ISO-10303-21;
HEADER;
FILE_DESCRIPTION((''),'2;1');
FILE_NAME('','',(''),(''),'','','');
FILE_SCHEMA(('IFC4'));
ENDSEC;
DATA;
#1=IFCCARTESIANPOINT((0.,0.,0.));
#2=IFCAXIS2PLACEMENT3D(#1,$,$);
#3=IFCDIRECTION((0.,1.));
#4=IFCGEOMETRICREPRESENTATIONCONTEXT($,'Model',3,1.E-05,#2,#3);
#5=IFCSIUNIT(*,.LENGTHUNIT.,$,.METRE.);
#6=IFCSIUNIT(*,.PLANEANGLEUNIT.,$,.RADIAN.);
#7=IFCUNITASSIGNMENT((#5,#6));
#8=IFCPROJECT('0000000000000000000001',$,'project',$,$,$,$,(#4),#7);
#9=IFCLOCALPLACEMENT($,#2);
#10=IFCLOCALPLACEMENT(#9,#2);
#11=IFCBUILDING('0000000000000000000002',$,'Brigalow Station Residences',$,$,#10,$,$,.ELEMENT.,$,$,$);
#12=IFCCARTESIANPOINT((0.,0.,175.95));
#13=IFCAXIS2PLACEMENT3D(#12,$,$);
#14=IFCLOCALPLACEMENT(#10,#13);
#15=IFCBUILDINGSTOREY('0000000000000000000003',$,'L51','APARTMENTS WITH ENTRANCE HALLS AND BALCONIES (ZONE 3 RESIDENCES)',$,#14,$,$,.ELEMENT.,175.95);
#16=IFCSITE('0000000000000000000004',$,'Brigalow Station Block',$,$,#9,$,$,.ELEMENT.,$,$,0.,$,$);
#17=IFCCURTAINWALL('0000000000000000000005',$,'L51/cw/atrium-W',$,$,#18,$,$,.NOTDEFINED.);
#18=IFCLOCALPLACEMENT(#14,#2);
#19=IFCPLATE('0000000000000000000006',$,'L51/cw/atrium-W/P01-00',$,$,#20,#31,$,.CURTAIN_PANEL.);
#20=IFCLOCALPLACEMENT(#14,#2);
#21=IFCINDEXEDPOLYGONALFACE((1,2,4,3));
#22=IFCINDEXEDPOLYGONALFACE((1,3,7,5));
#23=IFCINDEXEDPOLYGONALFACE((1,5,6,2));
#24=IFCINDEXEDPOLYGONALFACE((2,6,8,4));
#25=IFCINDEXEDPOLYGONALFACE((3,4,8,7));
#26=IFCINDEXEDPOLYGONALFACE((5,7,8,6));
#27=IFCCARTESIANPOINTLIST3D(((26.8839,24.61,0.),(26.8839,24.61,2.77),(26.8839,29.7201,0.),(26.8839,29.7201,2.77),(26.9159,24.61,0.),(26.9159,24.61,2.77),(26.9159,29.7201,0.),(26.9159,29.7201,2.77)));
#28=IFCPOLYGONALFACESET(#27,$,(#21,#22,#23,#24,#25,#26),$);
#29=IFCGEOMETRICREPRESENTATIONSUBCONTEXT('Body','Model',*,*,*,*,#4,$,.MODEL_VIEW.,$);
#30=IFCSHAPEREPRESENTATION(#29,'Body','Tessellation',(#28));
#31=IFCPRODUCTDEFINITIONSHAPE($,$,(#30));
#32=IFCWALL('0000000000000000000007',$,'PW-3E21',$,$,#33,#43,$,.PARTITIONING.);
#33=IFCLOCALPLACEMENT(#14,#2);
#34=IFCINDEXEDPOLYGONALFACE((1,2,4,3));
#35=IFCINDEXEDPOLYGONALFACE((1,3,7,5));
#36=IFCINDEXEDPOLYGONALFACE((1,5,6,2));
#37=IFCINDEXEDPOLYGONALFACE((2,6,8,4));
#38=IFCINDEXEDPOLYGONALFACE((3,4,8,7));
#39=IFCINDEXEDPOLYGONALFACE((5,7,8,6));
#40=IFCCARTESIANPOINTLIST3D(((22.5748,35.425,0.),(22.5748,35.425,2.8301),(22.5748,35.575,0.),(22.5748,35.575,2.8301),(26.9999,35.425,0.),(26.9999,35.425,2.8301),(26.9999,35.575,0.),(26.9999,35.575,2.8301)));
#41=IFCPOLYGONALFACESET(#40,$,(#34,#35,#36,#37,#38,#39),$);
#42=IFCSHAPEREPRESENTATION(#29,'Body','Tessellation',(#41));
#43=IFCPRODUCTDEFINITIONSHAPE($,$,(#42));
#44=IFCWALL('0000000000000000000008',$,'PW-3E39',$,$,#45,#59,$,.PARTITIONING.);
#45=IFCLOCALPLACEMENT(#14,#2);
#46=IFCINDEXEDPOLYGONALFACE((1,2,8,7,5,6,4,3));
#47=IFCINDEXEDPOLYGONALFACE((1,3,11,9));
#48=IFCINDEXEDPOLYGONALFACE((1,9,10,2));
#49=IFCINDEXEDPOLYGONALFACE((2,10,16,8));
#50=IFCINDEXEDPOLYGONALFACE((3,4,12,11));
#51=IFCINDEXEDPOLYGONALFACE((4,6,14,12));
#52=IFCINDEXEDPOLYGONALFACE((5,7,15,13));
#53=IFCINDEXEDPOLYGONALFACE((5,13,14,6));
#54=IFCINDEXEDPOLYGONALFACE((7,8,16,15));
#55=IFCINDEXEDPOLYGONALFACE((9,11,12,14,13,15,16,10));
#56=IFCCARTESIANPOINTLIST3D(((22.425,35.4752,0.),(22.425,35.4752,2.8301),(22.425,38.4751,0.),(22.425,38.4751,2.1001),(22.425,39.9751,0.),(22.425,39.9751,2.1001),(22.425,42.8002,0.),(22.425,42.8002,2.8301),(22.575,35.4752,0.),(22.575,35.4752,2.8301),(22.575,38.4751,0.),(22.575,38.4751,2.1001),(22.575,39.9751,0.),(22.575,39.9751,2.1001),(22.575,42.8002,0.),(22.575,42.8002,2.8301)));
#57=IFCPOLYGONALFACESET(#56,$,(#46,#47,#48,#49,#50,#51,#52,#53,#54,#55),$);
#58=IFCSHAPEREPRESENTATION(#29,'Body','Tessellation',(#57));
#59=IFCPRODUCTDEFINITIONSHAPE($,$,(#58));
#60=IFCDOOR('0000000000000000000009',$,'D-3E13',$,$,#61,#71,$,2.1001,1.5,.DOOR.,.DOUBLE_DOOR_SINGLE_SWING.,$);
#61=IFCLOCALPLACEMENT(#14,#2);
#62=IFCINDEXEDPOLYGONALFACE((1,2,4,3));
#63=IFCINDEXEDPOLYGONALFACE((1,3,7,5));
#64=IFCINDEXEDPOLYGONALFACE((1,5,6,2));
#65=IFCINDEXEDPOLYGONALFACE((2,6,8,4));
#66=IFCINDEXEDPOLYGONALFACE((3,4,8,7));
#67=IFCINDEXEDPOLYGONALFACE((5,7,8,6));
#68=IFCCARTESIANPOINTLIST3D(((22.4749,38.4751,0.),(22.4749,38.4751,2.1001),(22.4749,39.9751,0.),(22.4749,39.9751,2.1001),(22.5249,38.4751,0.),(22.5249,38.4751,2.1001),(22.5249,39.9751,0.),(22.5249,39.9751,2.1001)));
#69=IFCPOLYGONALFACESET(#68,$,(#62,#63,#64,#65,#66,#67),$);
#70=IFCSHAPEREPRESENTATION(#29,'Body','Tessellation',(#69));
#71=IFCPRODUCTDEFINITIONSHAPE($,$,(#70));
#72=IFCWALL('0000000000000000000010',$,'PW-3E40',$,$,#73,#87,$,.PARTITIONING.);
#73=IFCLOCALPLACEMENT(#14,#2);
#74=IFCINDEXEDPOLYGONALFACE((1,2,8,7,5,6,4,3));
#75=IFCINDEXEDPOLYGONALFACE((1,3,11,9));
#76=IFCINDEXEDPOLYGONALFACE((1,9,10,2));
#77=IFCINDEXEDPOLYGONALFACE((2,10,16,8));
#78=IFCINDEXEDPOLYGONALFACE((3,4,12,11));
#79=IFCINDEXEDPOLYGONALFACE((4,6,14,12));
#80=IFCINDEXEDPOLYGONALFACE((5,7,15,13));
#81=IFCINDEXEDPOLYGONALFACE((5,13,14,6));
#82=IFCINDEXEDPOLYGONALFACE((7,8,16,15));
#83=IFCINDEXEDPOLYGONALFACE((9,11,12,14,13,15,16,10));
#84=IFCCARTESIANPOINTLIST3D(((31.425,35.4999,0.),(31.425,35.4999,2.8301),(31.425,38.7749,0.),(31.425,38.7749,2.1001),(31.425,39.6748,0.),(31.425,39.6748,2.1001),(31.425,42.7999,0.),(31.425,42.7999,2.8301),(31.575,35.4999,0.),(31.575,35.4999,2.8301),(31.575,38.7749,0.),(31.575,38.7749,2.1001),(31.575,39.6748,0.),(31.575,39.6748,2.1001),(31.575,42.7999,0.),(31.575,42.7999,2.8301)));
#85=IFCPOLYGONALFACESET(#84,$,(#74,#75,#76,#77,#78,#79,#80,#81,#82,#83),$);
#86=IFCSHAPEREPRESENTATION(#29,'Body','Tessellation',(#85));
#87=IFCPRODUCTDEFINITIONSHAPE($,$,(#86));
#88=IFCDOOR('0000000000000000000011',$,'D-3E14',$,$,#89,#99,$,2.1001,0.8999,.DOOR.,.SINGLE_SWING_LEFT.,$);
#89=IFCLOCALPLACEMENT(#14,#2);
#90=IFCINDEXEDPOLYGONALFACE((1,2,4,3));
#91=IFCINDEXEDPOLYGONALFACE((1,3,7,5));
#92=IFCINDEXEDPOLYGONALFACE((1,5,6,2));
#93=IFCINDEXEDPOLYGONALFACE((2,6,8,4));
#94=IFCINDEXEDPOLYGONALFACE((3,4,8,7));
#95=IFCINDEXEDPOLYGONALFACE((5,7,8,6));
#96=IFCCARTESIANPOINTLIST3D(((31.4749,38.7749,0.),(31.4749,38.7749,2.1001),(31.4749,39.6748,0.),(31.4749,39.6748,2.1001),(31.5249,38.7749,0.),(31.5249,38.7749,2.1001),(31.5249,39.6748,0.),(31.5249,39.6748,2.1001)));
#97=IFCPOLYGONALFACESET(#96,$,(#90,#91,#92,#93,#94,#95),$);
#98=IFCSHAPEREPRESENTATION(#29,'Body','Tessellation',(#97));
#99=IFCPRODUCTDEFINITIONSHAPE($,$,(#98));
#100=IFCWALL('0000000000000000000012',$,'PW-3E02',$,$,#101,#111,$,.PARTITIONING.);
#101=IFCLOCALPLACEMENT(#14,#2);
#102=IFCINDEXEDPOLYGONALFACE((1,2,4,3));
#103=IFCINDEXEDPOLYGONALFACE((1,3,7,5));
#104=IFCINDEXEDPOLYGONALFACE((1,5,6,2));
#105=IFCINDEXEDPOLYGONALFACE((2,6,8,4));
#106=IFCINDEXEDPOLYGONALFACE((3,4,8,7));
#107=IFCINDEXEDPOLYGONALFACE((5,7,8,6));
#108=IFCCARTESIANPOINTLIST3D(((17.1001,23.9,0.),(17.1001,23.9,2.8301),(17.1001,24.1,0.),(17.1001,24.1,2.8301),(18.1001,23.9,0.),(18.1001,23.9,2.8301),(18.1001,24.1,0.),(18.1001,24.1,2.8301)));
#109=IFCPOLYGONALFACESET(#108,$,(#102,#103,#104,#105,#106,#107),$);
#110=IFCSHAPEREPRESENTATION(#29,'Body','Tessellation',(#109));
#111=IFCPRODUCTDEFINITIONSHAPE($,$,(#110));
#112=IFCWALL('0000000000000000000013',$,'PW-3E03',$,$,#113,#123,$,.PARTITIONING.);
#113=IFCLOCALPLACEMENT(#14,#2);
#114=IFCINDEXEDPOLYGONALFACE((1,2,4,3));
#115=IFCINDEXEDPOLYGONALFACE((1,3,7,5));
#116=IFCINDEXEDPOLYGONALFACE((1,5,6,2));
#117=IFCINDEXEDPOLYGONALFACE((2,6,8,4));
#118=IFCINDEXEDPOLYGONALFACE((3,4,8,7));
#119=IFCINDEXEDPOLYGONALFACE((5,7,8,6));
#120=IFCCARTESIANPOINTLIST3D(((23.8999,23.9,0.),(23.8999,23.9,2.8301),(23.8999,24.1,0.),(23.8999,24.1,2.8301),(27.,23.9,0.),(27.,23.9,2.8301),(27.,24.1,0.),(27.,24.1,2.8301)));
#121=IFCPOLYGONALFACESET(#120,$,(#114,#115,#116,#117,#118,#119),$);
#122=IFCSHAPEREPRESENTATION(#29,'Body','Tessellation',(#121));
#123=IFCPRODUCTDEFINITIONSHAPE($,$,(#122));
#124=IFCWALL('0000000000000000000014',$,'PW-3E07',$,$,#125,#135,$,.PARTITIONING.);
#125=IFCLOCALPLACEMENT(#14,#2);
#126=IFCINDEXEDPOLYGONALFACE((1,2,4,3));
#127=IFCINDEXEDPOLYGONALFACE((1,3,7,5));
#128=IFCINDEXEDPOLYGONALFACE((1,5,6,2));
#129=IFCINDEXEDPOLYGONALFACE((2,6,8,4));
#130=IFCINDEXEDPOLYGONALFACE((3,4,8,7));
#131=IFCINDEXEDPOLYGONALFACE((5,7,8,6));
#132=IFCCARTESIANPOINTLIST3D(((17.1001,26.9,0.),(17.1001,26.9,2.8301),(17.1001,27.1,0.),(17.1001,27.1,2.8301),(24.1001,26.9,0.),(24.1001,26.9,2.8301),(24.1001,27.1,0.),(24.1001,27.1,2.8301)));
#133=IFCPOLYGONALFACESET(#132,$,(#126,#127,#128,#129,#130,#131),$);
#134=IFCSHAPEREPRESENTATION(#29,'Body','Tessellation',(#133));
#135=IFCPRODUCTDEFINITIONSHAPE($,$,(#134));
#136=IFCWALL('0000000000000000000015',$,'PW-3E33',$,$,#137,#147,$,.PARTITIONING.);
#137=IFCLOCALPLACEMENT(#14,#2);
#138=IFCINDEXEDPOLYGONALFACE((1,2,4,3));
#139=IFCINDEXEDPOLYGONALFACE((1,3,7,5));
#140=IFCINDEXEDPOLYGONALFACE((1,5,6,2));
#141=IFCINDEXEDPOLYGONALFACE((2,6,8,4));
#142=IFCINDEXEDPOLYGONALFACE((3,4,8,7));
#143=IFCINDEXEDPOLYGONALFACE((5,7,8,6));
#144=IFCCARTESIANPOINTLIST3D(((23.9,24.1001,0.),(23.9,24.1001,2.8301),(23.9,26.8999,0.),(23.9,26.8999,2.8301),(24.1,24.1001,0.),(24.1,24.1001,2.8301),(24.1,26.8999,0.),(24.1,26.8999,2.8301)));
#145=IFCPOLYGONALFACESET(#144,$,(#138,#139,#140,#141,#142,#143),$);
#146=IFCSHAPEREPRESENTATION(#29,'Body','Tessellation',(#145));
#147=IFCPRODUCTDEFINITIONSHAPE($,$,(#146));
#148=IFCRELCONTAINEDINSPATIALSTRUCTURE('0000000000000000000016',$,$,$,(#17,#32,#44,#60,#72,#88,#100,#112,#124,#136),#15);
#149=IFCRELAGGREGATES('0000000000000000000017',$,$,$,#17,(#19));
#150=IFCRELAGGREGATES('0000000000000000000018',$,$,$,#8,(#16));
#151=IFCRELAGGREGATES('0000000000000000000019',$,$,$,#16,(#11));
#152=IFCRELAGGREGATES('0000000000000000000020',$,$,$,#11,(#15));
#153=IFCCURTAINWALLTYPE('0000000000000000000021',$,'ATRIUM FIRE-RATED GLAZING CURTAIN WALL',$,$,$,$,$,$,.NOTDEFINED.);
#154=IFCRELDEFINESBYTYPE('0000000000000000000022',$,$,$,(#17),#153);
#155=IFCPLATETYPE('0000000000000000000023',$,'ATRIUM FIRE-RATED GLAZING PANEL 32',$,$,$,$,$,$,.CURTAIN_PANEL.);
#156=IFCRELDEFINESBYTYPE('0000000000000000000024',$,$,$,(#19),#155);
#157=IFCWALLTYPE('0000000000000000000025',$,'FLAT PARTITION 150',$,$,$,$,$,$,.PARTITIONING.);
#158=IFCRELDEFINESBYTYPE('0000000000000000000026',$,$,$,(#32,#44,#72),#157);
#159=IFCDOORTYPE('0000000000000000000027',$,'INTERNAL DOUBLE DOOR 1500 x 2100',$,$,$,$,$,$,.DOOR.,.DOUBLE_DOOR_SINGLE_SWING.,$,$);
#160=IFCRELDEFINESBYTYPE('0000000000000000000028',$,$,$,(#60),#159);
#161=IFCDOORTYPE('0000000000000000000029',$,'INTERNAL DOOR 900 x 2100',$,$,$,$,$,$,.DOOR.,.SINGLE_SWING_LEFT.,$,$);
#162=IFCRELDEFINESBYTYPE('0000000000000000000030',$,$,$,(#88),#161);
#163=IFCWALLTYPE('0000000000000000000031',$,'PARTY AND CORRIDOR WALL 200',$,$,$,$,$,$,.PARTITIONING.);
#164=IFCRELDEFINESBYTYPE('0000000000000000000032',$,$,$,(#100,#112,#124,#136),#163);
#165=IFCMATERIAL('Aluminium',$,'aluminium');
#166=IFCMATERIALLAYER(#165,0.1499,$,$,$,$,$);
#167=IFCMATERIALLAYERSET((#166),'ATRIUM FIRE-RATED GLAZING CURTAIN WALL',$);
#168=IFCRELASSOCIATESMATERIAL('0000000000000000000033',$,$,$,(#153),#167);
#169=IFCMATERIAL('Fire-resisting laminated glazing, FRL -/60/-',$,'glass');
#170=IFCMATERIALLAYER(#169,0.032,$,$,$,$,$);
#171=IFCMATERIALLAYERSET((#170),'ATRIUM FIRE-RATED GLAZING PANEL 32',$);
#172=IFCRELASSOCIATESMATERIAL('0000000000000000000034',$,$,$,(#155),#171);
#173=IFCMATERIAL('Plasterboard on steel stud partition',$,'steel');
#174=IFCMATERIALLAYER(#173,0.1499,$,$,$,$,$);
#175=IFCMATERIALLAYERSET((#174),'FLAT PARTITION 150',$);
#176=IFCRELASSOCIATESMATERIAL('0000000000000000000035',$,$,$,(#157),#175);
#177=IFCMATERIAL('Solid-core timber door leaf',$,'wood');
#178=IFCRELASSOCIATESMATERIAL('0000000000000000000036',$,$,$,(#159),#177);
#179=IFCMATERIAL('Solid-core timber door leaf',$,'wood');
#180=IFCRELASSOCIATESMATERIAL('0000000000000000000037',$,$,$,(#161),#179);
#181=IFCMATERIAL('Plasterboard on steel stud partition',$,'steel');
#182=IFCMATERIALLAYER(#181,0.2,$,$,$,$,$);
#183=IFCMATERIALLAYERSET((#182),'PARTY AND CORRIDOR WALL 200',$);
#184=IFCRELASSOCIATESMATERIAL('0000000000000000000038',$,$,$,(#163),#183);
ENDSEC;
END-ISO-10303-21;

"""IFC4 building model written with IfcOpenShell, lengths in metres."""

from ifc_helpers import new_model, si_unit, direction, frame, frame_2d, origin, origin_2d, place, context, subcontext, project, spatial, rectangle, extrude, material, layer, layer_set, type_object, element, fill, aggregate, save


model = new_model("IFC4")

# Units and contexts
model_context = context("Model", 3, precision=1e-05, world=origin(), true_north=direction((0.0, 1.0)))
body_context = subcontext(model_context, "Body", "Model", "MODEL_VIEW")
ifc_project = project(units=[si_unit("LENGTHUNIT", "METRE"), si_unit("PLANEANGLEUNIT", "RADIAN")], contexts=[model_context])

# Site, building, storey
site_placement = place(None, origin())
site = spatial("IfcSite", under=ifc_project, at=site_placement, Name="Brigalow Station Block", CompositionType="ELEMENT", RefElevation=0.0)
building_placement = place(site_placement, origin())
building = spatial("IfcBuilding", under=site, at=building_placement, Name="Brigalow Station Residences", CompositionType="ELEMENT")
storey_placement = place(building_placement, frame((0.0, 0.0, 175.95)))
storey = spatial("IfcBuildingStorey", under=building, at=storey_placement, Name="L51", Description="APARTMENTS WITH ENTRANCE HALLS AND BALCONIES (ZONE 3 RESIDENCES)", CompositionType="ELEMENT", Elevation=175.95)

# Shared definitions
ifc_material_1 = material(Name="Aluminium", Category="aluminium")
ifc_layer_1 = layer(ifc_material_1, 0.1499)
ifc_layer_set_1 = layer_set([ifc_layer_1], Name="ATRIUM FIRE-RATED GLAZING CURTAIN WALL")
curtain_wall_type = type_object("IfcCurtainWallType", Name="ATRIUM FIRE-RATED GLAZING CURTAIN WALL", PredefinedType="NOTDEFINED", material=ifc_layer_set_1)

# Curtain wall
curtain_wall_1_placement = place(storey_placement, origin())
curtain_wall_1 = element("IfcCurtainWall", 1, at=curtain_wall_1_placement, inside=storey, type_object=curtain_wall_type, Name="L51/cw/atrium-W", PredefinedType="NOTDEFINED")

# Plate
ifc_material_2 = material(Name="Fire-resisting laminated glazing, FRL -/60/-", Category="glass")
ifc_layer_2 = layer(ifc_material_2, 0.032)
ifc_layer_set_2 = layer_set([ifc_layer_2], Name="ATRIUM FIRE-RATED GLAZING PANEL 32")
plate_type = type_object("IfcPlateType", Name="ATRIUM FIRE-RATED GLAZING PANEL 32", PredefinedType="CURTAIN_PANEL", material=ifc_layer_set_2)
plate_1_placement = place(storey_placement, frame((26.8999, 27.165, 0.0), z_axis=(0.0, 0.0, 1.0), x_axis=(0.0, -1.0, 0.0)))
plate_1 = element("IfcPlate", 2, at=plate_1_placement, type_object=plate_type, Name="L51/cw/atrium-W/P01-00", PredefinedType="CURTAIN_PANEL", context=body_context, shape_type="SweptSolid", body=[
    extrude(rectangle(XDim=5.1101, YDim=0.032, at=origin_2d()), origin(), (0.0, 0.0, 1.0), 2.77),
])
aggregate(curtain_wall_1, [plate_1])

# Wall
ifc_material_3 = material(Name="Plasterboard on steel stud partition", Category="steel")
ifc_layer_3 = layer(ifc_material_3, 0.1499)
ifc_layer_set_3 = layer_set([ifc_layer_3], Name="FLAT PARTITION 150")
wall_type_1 = type_object("IfcWallType", Name="FLAT PARTITION 150", PredefinedType="PARTITIONING", material=ifc_layer_set_3)
wall_1_placement = place(storey_placement, frame((22.575, 35.5, 0.0), z_axis=(0.0, 0.0, 1.0), x_axis=(1.0, 0.0, 0.0)))
element("IfcWall", 3, at=wall_1_placement, inside=storey, type_object=wall_type_1, Name="PW-3E21", PredefinedType="PARTITIONING", context=body_context, shape_type="SweptSolid", body=[
    extrude(rectangle(XDim=4.425, YDim=0.1499, at=frame_2d((2.2124, 0.0))), origin(), (0.0, 0.0, 1.0), 2.8301),
])

# Walls, openings, doors
wall_2_placement = place(storey_placement, frame((22.5, 35.4751, 0.0), z_axis=(0.0, 0.0, 1.0), x_axis=(0.0, 1.0, 0.0)))
wall_2 = element("IfcWall", 4, at=wall_2_placement, inside=storey, type_object=wall_type_1, Name="PW-3E39", PredefinedType="PARTITIONING", context=body_context, shape_type="SweptSolid", body=[
    extrude(rectangle(XDim=7.325, YDim=0.1499, at=frame_2d((3.6626, 0.0))), origin(), (0.0, 0.0, 1.0), 2.8301),
])
opening_1_placement = place(wall_2_placement, frame((3.0, 0.0, 0.0)))
opening_1 = element("IfcOpeningElement", 5, at=opening_1_placement, cuts=wall_2, PredefinedType="OPENING", context=body_context, shape_type="SweptSolid", body=[
    extrude(rectangle(XDim=1.5, YDim=2.1001, at=frame_2d((0.75, 1.05))), frame((0.0, 0.085, 0.0), z_axis=(0.0, -1.0, 0.0), x_axis=(1.0, 0.0, 0.0)), (0.0, 0.0, 1.0), 0.1699),
])
ifc_material_4 = material(Name="Solid-core timber door leaf", Category="wood")
door_type_1 = type_object("IfcDoorType", Name="INTERNAL DOUBLE DOOR 1500 x 2100", OperationType="DOUBLE_DOOR_SINGLE_SWING", PredefinedType="DOOR", material=ifc_material_4)
door_1_placement = place(opening_1_placement, frame((1.5, 0.0, 0.0), z_axis=(0.0, 0.0, 1.0), x_axis=(-1.0, 0.0, 0.0)))
door_1 = element("IfcDoor", 6, at=door_1_placement, inside=storey, type_object=door_type_1, Name="D-3E13", OperationType="DOUBLE_DOOR_SINGLE_SWING", OverallHeight=2.1001, OverallWidth=1.5, PredefinedType="DOOR", context=body_context, shape_type="SweptSolid", body=[
    extrude(rectangle(XDim=1.5, YDim=2.1001, at=frame_2d((0.75, 1.05))), frame((0.0, 0.0249, 0.0), z_axis=(0.0, -1.0, 0.0), x_axis=(1.0, 0.0, 0.0)), (0.0, 0.0, 1.0), 0.05),
])
fill(opening_1, door_1)
wall_3_placement = place(storey_placement, frame((31.5, 35.5, 0.0), z_axis=(0.0, 0.0, 1.0), x_axis=(0.0, 1.0, 0.0)))
wall_3 = element("IfcWall", 7, at=wall_3_placement, inside=storey, type_object=wall_type_1, Name="PW-3E40", PredefinedType="PARTITIONING", context=body_context, shape_type="SweptSolid", body=[
    extrude(rectangle(XDim=7.3, YDim=0.1499, at=frame_2d((3.6499, 0.0))), origin(), (0.0, 0.0, 1.0), 2.8301),
])
opening_2_placement = place(wall_3_placement, frame((3.2749, 0.0, 0.0)))
opening_2 = element("IfcOpeningElement", 8, at=opening_2_placement, cuts=wall_3, PredefinedType="OPENING", context=body_context, shape_type="SweptSolid", body=[
    extrude(rectangle(XDim=0.8999, YDim=2.1001, at=frame_2d((0.45, 1.05))), frame((0.0, 0.085, 0.0), z_axis=(0.0, -1.0, 0.0), x_axis=(1.0, 0.0, 0.0)), (0.0, 0.0, 1.0), 0.1699),
])
ifc_material_5 = material(Name="Solid-core timber door leaf", Category="wood")
door_type_2 = type_object("IfcDoorType", Name="INTERNAL DOOR 900 x 2100", OperationType="SINGLE_SWING_LEFT", PredefinedType="DOOR", material=ifc_material_5)
door_2_placement = place(opening_2_placement, frame((0.8999, 0.0, 0.0), z_axis=(0.0, 0.0, 1.0), x_axis=(-1.0, 0.0, 0.0)))
door_2 = element("IfcDoor", 9, at=door_2_placement, inside=storey, type_object=door_type_2, Name="D-3E14", OperationType="SINGLE_SWING_LEFT", OverallHeight=2.1001, OverallWidth=0.8999, PredefinedType="DOOR", context=body_context, shape_type="SweptSolid", body=[
    extrude(rectangle(XDim=0.8999, YDim=2.1001, at=frame_2d((0.45, 1.05))), frame((0.0, 0.0249, 0.0), z_axis=(0.0, -1.0, 0.0), x_axis=(1.0, 0.0, 0.0)), (0.0, 0.0, 1.0), 0.05),
])
fill(opening_2, door_2)

# Walls
ifc_material_6 = material(Name="Plasterboard on steel stud partition", Category="steel")
ifc_layer_4 = layer(ifc_material_6, 0.2)
ifc_layer_set_4 = layer_set([ifc_layer_4], Name="PARTY AND CORRIDOR WALL 200")
wall_type_2 = type_object("IfcWallType", Name="PARTY AND CORRIDOR WALL 200", PredefinedType="PARTITIONING", material=ifc_layer_set_4)
wall_4_placement = place(storey_placement, frame((17.1001, 24.0, 0.0), z_axis=(0.0, 0.0, 1.0), x_axis=(1.0, 0.0, 0.0)))
element("IfcWall", 10, at=wall_4_placement, inside=storey, type_object=wall_type_2, Name="PW-3E02", PredefinedType="PARTITIONING", context=body_context, shape_type="SweptSolid", body=[
    extrude(rectangle(XDim=1.0, YDim=0.2, at=frame_2d((0.5, 0.0))), origin(), (0.0, 0.0, 1.0), 2.8301),
])
wall_5_placement = place(storey_placement, frame((23.8999, 24.0, 0.0), z_axis=(0.0, 0.0, 1.0), x_axis=(1.0, 0.0, 0.0)))
element("IfcWall", 11, at=wall_5_placement, inside=storey, type_object=wall_type_2, Name="PW-3E03", PredefinedType="PARTITIONING", context=body_context, shape_type="SweptSolid", body=[
    extrude(rectangle(XDim=3.1001, YDim=0.2, at=frame_2d((1.55, 0.0))), origin(), (0.0, 0.0, 1.0), 2.8301),
])
wall_6_placement = place(storey_placement, frame((17.1001, 27.0, 0.0), z_axis=(0.0, 0.0, 1.0), x_axis=(1.0, 0.0, 0.0)))
element("IfcWall", 12, at=wall_6_placement, inside=storey, type_object=wall_type_2, Name="PW-3E07", PredefinedType="PARTITIONING", context=body_context, shape_type="SweptSolid", body=[
    extrude(rectangle(XDim=7.0, YDim=0.2, at=frame_2d((3.5, 0.0))), origin(), (0.0, 0.0, 1.0), 2.8301),
])
wall_7_placement = place(storey_placement, frame((24.0, 24.1001, 0.0), z_axis=(0.0, 0.0, 1.0), x_axis=(0.0, 1.0, 0.0)))
element("IfcWall", 13, at=wall_7_placement, inside=storey, type_object=wall_type_2, Name="PW-3E33", PredefinedType="PARTITIONING", context=body_context, shape_type="SweptSolid", body=[
    extrude(rectangle(XDim=2.7998, YDim=0.2, at=frame_2d((1.3999, 0.0))), origin(), (0.0, 0.0, 1.0), 2.8301),
])

save(model, "model.ifc")
